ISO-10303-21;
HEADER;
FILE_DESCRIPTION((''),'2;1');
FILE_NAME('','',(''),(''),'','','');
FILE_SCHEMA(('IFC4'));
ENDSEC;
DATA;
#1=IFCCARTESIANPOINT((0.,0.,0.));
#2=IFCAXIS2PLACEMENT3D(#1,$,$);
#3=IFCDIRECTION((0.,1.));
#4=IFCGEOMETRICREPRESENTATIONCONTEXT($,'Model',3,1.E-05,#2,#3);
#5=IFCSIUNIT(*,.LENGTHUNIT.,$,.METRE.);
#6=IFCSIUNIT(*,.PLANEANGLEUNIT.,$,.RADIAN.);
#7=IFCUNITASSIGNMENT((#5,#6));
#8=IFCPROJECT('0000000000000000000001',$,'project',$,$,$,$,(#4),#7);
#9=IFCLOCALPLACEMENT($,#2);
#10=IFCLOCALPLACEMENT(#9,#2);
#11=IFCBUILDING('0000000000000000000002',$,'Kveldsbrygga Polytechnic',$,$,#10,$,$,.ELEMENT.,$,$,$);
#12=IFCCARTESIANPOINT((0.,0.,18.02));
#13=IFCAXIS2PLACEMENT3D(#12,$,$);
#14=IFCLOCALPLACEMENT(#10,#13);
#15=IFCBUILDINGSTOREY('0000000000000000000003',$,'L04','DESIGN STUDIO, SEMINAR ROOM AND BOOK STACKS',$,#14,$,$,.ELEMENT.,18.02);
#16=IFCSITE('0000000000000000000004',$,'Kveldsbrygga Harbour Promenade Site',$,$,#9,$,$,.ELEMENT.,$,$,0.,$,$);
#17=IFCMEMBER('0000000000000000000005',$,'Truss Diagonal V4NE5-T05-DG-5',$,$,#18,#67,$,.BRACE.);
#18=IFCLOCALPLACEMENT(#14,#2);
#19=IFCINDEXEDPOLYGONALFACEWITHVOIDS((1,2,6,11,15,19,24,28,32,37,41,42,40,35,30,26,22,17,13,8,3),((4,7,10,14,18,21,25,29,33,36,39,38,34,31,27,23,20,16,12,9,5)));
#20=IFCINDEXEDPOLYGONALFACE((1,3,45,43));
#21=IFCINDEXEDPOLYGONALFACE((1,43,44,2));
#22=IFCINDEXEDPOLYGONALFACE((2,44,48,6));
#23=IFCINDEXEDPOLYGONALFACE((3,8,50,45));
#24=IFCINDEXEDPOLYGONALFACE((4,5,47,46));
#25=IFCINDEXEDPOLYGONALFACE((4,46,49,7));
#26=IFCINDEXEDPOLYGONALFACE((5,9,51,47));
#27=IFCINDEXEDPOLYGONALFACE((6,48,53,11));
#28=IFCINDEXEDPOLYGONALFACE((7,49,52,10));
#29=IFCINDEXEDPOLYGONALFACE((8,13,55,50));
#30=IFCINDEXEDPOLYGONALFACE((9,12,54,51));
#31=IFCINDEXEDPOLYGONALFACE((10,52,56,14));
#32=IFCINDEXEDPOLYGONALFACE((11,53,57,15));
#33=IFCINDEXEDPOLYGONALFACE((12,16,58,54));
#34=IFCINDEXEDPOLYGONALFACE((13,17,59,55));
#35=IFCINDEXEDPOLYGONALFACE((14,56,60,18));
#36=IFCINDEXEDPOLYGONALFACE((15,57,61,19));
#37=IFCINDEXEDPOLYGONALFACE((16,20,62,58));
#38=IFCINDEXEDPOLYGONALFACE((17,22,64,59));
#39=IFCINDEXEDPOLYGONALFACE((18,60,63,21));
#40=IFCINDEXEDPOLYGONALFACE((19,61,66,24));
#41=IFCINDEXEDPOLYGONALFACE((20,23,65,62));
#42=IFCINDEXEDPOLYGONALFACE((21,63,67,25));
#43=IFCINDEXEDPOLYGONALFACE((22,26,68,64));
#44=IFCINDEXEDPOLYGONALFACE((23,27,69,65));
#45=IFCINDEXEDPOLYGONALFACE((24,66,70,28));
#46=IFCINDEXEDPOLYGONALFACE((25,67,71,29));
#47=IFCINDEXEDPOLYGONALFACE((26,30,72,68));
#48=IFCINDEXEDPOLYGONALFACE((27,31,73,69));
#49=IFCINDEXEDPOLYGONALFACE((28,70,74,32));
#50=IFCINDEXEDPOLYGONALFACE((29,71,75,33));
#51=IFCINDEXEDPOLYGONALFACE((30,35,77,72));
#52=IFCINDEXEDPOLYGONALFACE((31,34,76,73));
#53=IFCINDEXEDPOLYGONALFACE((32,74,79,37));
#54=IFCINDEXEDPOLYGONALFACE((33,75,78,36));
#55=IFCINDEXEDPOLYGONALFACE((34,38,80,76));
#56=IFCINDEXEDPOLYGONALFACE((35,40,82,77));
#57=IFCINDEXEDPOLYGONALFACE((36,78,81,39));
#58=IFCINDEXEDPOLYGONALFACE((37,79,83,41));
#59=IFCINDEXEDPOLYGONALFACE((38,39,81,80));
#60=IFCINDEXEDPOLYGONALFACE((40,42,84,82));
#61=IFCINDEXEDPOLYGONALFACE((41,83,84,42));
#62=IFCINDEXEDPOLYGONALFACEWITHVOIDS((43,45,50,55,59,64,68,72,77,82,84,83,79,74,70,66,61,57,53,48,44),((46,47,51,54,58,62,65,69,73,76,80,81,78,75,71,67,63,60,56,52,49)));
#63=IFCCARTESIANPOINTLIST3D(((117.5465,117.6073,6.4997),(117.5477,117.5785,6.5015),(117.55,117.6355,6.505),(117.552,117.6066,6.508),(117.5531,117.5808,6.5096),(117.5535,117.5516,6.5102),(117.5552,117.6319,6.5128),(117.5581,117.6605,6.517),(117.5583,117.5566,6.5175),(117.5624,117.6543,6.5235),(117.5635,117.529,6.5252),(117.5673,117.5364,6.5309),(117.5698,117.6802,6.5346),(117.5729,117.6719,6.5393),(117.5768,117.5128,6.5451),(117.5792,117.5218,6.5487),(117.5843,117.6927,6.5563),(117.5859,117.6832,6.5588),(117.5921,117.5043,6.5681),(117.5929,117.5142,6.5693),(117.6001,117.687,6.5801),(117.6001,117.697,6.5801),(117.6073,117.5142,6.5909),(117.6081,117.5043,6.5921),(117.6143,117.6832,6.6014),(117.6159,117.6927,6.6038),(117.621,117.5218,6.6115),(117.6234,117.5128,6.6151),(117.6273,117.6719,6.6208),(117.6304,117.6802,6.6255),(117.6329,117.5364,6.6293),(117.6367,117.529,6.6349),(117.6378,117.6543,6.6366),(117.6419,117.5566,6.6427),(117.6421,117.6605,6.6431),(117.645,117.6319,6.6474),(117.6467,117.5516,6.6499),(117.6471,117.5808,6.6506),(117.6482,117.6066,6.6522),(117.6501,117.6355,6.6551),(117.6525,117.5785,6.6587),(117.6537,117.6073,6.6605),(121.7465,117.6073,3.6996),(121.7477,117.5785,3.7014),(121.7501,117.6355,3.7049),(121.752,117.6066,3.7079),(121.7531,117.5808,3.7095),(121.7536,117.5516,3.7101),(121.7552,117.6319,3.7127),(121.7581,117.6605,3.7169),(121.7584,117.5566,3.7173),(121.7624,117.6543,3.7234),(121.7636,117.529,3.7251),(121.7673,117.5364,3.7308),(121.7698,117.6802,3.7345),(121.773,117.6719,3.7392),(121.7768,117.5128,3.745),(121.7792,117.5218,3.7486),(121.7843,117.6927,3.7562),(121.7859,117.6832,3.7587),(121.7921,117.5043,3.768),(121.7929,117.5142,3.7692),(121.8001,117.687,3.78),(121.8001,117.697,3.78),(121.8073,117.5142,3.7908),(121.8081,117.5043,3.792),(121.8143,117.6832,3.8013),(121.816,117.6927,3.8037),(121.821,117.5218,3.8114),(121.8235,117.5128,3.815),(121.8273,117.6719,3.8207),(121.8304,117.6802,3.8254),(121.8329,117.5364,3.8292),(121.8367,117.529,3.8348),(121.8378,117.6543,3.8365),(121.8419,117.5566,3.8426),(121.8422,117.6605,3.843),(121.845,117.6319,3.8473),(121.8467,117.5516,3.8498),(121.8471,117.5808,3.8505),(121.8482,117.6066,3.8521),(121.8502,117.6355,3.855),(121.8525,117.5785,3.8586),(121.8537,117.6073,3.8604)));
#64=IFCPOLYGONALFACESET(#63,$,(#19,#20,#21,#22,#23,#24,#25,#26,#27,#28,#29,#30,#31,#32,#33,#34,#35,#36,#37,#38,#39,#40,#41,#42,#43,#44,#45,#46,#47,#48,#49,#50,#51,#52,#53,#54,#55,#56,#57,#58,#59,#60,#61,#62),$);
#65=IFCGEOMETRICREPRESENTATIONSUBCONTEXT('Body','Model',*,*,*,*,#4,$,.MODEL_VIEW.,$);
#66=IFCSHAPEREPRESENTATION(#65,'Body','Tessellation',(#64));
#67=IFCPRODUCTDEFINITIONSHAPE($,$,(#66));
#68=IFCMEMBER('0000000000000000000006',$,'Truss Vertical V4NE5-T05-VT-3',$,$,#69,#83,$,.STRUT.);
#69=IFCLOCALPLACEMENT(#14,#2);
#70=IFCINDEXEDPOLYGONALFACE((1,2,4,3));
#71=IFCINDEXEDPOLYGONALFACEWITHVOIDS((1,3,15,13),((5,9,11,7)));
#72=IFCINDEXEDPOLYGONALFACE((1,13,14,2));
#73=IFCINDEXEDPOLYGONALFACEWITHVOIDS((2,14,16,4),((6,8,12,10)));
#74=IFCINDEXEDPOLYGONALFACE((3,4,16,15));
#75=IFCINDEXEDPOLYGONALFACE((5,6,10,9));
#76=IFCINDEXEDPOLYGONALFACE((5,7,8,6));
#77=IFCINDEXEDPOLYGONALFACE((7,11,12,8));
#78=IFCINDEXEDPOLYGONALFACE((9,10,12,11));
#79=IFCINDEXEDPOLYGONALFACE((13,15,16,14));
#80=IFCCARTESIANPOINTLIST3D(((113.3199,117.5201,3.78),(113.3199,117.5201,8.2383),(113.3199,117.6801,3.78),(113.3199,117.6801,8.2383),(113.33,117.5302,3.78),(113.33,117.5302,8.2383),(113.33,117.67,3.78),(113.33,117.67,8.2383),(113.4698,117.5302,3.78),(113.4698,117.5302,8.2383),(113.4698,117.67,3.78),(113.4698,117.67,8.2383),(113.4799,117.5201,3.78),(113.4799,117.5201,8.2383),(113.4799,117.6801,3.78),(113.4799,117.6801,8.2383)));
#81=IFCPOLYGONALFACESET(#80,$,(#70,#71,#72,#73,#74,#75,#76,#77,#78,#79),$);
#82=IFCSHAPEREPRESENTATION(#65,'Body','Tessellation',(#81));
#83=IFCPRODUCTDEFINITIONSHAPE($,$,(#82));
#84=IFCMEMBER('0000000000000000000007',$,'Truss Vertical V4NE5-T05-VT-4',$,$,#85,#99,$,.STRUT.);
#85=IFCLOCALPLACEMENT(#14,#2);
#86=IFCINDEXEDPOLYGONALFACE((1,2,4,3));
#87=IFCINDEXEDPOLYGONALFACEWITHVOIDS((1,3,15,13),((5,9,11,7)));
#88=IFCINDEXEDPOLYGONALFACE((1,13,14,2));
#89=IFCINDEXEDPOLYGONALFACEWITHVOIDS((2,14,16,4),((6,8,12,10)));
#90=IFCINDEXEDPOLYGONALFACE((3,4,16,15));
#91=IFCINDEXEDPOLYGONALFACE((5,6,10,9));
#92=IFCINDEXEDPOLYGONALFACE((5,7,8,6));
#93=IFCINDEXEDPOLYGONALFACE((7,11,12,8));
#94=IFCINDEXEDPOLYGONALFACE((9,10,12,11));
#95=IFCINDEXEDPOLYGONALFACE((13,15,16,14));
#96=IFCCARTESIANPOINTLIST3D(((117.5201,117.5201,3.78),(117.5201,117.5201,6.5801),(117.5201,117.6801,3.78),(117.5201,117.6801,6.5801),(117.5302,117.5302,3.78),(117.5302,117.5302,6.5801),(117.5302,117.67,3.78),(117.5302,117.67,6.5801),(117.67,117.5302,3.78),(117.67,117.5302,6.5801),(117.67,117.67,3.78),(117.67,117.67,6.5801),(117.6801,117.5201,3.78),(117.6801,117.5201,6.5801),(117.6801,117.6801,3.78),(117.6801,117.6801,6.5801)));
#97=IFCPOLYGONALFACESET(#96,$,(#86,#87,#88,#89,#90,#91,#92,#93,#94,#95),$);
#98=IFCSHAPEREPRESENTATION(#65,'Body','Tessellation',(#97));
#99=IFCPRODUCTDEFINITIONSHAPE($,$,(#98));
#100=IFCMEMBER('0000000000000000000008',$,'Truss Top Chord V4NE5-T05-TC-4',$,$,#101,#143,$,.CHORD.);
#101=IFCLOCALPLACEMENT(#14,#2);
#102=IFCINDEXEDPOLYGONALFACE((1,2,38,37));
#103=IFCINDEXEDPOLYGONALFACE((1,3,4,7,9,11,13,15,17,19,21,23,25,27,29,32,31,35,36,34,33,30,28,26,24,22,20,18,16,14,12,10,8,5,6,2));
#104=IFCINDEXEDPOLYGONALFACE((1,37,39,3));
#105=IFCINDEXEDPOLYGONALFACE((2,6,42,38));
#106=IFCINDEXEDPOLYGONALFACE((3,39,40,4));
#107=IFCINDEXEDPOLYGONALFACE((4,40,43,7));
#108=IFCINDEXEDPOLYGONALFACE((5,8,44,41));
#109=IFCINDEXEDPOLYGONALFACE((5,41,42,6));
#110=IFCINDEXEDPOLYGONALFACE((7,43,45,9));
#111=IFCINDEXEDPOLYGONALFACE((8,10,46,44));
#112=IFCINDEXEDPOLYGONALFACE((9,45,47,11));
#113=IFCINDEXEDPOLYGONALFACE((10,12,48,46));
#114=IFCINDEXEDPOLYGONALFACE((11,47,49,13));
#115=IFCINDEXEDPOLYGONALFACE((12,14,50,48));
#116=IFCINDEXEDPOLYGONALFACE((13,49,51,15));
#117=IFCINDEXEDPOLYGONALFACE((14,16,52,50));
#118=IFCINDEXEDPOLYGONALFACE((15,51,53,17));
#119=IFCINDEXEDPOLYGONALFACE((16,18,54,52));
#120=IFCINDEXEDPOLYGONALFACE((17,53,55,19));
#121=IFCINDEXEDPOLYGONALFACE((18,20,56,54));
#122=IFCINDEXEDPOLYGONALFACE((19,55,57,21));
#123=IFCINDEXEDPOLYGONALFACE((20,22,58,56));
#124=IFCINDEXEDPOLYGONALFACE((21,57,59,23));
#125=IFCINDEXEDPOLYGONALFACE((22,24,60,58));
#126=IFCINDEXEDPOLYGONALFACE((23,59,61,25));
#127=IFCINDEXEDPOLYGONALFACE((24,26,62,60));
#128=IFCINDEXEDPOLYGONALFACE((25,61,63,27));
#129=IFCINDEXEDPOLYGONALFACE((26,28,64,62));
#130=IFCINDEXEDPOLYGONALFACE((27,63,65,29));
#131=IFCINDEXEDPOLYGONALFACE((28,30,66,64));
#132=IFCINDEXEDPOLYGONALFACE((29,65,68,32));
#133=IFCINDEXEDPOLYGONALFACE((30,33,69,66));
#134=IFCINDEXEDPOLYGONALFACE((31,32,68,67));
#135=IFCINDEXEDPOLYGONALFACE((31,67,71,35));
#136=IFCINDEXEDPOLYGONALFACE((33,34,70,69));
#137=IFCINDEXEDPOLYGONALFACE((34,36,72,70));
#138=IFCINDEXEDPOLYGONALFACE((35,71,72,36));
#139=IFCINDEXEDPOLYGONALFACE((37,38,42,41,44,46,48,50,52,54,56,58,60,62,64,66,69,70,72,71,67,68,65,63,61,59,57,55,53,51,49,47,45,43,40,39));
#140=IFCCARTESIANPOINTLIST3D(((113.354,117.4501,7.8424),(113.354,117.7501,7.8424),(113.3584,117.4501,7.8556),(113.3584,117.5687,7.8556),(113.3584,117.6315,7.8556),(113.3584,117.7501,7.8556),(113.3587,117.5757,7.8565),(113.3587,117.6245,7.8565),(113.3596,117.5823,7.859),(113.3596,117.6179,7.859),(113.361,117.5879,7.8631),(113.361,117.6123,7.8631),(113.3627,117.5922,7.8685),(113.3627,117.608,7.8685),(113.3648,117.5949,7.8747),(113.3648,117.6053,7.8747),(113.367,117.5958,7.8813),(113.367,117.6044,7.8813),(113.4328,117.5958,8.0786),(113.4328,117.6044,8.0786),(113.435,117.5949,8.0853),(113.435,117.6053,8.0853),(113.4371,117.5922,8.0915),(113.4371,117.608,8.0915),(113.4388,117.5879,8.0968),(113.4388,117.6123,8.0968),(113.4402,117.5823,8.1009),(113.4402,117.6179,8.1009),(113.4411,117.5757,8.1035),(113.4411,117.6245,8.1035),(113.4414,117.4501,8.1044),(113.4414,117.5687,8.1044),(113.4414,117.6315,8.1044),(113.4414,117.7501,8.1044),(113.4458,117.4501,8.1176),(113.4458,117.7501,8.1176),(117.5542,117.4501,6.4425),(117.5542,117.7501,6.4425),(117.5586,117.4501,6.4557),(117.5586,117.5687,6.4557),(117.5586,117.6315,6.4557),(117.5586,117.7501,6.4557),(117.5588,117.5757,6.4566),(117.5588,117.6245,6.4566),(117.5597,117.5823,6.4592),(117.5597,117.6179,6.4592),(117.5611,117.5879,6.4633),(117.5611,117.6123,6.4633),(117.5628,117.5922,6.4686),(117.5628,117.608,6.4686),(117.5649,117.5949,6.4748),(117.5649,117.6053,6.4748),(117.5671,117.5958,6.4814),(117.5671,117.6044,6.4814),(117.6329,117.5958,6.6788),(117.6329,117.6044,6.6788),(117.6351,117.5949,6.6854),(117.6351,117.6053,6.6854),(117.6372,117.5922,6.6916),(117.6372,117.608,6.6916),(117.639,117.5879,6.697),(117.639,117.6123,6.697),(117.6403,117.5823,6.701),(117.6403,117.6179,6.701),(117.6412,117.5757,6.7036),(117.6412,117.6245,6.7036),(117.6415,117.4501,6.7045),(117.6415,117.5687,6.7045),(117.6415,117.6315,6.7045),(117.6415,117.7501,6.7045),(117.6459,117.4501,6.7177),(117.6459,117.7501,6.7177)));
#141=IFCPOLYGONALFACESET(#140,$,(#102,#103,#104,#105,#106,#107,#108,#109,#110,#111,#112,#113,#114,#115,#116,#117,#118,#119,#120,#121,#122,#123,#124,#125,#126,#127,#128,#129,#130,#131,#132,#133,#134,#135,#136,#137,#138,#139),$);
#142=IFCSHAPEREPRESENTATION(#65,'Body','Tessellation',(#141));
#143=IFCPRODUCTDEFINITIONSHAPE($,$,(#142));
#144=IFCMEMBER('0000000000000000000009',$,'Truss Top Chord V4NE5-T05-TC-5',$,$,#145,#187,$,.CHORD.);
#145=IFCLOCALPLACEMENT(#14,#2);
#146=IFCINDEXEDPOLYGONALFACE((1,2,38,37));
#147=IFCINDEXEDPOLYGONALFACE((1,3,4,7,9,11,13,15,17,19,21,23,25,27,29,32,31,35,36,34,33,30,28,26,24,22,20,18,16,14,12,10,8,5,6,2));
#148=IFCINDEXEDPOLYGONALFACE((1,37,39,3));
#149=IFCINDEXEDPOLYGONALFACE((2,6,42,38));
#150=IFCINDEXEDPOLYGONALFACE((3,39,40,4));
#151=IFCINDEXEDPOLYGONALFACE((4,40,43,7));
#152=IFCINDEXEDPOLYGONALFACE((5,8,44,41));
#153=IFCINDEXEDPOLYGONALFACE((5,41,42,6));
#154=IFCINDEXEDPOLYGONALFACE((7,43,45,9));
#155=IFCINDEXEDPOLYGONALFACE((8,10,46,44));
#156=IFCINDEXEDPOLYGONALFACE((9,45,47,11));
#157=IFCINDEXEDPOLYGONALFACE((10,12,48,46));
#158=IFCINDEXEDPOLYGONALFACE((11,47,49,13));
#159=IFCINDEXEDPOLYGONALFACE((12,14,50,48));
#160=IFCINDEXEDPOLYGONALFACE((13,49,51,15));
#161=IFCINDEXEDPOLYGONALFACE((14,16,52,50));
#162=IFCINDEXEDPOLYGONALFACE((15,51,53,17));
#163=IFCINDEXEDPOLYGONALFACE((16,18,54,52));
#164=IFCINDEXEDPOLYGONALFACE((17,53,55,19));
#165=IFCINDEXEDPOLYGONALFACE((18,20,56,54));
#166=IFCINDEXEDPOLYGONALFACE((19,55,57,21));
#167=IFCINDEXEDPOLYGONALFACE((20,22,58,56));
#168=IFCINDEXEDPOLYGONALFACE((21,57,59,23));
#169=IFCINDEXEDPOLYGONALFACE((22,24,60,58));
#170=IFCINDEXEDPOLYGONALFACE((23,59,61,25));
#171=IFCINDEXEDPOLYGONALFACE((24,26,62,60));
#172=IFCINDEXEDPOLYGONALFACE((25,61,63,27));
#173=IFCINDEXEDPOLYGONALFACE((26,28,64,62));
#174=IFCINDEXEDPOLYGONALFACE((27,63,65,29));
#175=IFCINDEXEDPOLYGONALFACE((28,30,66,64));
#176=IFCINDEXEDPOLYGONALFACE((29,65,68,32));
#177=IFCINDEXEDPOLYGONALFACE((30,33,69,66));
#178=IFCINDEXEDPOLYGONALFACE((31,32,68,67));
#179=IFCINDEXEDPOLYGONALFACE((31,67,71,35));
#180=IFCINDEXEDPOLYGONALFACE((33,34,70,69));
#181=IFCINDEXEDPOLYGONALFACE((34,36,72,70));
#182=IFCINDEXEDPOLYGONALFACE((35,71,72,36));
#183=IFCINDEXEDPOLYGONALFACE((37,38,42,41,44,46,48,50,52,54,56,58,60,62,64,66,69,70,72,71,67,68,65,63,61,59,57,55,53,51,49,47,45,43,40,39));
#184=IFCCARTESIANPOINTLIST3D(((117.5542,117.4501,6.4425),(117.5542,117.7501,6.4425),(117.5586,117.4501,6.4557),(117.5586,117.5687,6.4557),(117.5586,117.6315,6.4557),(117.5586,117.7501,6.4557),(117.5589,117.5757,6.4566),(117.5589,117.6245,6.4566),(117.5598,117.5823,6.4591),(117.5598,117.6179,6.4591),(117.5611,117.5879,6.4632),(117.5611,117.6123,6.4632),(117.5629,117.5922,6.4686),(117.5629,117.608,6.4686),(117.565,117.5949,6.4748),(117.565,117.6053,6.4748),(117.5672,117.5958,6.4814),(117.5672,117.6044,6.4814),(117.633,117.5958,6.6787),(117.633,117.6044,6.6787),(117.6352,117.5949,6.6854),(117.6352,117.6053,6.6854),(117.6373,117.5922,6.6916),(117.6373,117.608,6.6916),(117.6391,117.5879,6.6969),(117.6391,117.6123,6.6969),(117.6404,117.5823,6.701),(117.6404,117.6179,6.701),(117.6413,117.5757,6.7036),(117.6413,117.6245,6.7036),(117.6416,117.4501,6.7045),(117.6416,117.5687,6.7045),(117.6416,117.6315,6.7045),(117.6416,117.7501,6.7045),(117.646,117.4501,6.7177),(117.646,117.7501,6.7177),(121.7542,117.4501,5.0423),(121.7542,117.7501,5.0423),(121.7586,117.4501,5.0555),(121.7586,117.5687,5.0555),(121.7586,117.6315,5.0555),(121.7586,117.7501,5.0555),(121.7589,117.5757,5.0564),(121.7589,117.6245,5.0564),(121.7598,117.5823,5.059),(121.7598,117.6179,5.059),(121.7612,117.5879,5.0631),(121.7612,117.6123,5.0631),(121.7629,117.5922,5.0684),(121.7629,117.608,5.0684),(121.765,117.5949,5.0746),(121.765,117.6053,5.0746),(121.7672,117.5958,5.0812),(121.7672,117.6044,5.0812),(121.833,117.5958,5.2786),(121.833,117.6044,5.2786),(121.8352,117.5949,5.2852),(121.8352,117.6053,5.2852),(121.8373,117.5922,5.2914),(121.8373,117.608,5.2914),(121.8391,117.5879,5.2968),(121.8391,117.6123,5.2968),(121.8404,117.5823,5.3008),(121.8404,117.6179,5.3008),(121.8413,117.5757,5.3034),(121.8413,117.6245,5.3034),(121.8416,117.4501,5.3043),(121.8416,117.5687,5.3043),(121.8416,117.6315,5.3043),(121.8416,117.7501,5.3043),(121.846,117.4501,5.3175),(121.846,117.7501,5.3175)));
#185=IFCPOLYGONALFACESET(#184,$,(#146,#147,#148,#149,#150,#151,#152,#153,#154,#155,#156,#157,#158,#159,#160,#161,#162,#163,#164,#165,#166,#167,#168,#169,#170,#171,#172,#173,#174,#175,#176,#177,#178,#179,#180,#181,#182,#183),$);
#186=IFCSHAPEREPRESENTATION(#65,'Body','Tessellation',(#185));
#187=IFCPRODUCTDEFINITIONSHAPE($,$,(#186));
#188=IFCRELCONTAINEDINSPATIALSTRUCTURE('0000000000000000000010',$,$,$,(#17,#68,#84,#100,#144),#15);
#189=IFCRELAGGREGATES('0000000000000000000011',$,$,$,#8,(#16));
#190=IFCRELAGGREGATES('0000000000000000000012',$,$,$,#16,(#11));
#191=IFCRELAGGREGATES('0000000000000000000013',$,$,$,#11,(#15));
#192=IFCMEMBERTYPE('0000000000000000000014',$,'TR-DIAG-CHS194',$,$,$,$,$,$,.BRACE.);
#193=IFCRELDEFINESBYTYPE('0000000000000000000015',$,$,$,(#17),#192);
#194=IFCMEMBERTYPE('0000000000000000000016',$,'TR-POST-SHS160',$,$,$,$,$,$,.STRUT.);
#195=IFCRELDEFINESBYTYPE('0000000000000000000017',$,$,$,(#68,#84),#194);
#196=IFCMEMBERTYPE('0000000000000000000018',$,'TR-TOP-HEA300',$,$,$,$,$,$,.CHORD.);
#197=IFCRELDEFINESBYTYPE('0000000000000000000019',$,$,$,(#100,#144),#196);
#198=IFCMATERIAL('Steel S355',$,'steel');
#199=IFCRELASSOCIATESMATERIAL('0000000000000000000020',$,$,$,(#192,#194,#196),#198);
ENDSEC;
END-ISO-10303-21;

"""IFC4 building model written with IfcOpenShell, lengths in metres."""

from ifc_helpers import new_model, si_unit, direction, frame, origin, origin_2d, place, context, subcontext, project, spatial, hollow_rectangle, hollow_circle, i_section, extrude, material, material_profile, profile_set, type_object, element, save


model = new_model("IFC4")

# Units and contexts
model_context = context("Model", 3, precision=1e-05, world=origin(), true_north=direction((0.0, 1.0)))
body_context = subcontext(model_context, "Body", "Model", "MODEL_VIEW")
ifc_project = project(units=[si_unit("LENGTHUNIT", "METRE"), si_unit("PLANEANGLEUNIT", "RADIAN")], contexts=[model_context])

# Site, building, storey
site_placement = place(None, origin())
site = spatial("IfcSite", under=ifc_project, at=site_placement, Name="Kveldsbrygga Harbour Promenade Site", CompositionType="ELEMENT", RefElevation=0.0)
building_placement = place(site_placement, origin())
building = spatial("IfcBuilding", under=site, at=building_placement, Name="Kveldsbrygga Polytechnic", CompositionType="ELEMENT")
storey_placement = place(building_placement, frame((0.0, 0.0, 18.02)))
storey = spatial("IfcBuildingStorey", under=building, at=storey_placement, Name="L04", Description="DESIGN STUDIO, SEMINAR ROOM AND BOOK STACKS", CompositionType="ELEMENT", Elevation=18.02)

# Members
ifc_material_1 = material(Name="Steel S355", Category="steel")
ifc_material_profile_1 = material_profile(ifc_material_1, hollow_circle(Radius=0.0969, WallThickness=0.01, at=origin_2d()), Name="CHS 193.7x10.0")
ifc_profile_set_1 = profile_set([ifc_material_profile_1], Name="Steel S355")
member_type_1 = type_object("IfcMemberType", Name="TR-DIAG-CHS194", PredefinedType="BRACE", material=ifc_profile_set_1)
member_1_placement = place(storey_placement, frame((117.6001, 117.6001, 6.5801), z_axis=(0.832043, 0.0, -0.554711), x_axis=(0.0, 1.0, 0.0)))
element("IfcMember", 1, at=member_1_placement, inside=storey, type_object=member_type_1, Name="Truss Diagonal V4NE5-T05-DG-5", PredefinedType="BRACE", context=body_context, shape_type="SweptSolid", body=[
    extrude(hollow_circle(Radius=0.0969, WallThickness=0.01, at=origin_2d()), origin(), (0.0, 0.0, 1.0), 5.0479),
])
ifc_material_profile_2 = material_profile(ifc_material_1, hollow_rectangle(XDim=0.1599, YDim=0.1599, WallThickness=0.01, at=origin_2d()), Name="SHS 160x160x10.0")
ifc_profile_set_2 = profile_set([ifc_material_profile_2], Name="Steel S355")
member_type_2 = type_object("IfcMemberType", Name="TR-POST-SHS160", PredefinedType="STRUT", material=ifc_profile_set_2)
member_2_placement = place(storey_placement, frame((113.3999, 117.6001, 3.78), z_axis=(0.0, 0.0, 1.0), x_axis=(1.0, 0.0, 0.0)))
element("IfcMember", 2, at=member_2_placement, inside=storey, type_object=member_type_2, Name="Truss Vertical V4NE5-T05-VT-3", PredefinedType="STRUT", context=body_context, shape_type="SweptSolid", body=[
    extrude(hollow_rectangle(XDim=0.1599, YDim=0.1599, WallThickness=0.01, at=origin_2d()), origin(), (0.0, 0.0, 1.0), 4.4583),
])
member_3_placement = place(storey_placement, frame((117.6001, 117.6001, 3.78), z_axis=(0.0, 0.0, 1.0), x_axis=(1.0, 0.0, 0.0)))
element("IfcMember", 3, at=member_3_placement, inside=storey, type_object=member_type_2, Name="Truss Vertical V4NE5-T05-VT-4", PredefinedType="STRUT", context=body_context, shape_type="SweptSolid", body=[
    extrude(hollow_rectangle(XDim=0.1599, YDim=0.1599, WallThickness=0.01, at=origin_2d()), origin(), (0.0, 0.0, 1.0), 2.8),
])
ifc_material_profile_3 = material_profile(ifc_material_1, i_section(OverallWidth=0.3, OverallDepth=0.29, WebThickness=0.0085, FlangeThickness=0.0139, FilletRadius=0.0271, at=origin_2d()), Name="HEA 300")
ifc_profile_set_3 = profile_set([ifc_material_profile_3], Name="Steel S355")
member_type_3 = type_object("IfcMemberType", Name="TR-TOP-HEA300", PredefinedType="CHORD", material=ifc_profile_set_3)
for number, where, z_axis, x_axis, name in (
    (4, (113.3999, 117.6001, 7.98), (0.948694, 0.0, -0.316195), (0.0, 1.0, 0.0), "Truss Top Chord V4NE5-T05-TC-4"),
    (5, (117.6001, 117.6001, 6.5801), (0.948672, 0.0, -0.316261), (0.0, 1.0, 0.0), "Truss Top Chord V4NE5-T05-TC-5"),
):
    element("IfcMember", number, at=place(storey_placement, frame(where, z_axis=z_axis, x_axis=x_axis)), inside=storey, type_object=member_type_3, Name=name, PredefinedType="CHORD", context=body_context, shape_type="SweptSolid", body=[
        extrude(i_section(OverallWidth=0.3, OverallDepth=0.29, WebThickness=0.0085, FlangeThickness=0.0139, FilletRadius=0.0271, at=origin_2d()), origin(), (0.0, 0.0, 1.0), 4.4272),
    ])

save(model, "model.ifc")
